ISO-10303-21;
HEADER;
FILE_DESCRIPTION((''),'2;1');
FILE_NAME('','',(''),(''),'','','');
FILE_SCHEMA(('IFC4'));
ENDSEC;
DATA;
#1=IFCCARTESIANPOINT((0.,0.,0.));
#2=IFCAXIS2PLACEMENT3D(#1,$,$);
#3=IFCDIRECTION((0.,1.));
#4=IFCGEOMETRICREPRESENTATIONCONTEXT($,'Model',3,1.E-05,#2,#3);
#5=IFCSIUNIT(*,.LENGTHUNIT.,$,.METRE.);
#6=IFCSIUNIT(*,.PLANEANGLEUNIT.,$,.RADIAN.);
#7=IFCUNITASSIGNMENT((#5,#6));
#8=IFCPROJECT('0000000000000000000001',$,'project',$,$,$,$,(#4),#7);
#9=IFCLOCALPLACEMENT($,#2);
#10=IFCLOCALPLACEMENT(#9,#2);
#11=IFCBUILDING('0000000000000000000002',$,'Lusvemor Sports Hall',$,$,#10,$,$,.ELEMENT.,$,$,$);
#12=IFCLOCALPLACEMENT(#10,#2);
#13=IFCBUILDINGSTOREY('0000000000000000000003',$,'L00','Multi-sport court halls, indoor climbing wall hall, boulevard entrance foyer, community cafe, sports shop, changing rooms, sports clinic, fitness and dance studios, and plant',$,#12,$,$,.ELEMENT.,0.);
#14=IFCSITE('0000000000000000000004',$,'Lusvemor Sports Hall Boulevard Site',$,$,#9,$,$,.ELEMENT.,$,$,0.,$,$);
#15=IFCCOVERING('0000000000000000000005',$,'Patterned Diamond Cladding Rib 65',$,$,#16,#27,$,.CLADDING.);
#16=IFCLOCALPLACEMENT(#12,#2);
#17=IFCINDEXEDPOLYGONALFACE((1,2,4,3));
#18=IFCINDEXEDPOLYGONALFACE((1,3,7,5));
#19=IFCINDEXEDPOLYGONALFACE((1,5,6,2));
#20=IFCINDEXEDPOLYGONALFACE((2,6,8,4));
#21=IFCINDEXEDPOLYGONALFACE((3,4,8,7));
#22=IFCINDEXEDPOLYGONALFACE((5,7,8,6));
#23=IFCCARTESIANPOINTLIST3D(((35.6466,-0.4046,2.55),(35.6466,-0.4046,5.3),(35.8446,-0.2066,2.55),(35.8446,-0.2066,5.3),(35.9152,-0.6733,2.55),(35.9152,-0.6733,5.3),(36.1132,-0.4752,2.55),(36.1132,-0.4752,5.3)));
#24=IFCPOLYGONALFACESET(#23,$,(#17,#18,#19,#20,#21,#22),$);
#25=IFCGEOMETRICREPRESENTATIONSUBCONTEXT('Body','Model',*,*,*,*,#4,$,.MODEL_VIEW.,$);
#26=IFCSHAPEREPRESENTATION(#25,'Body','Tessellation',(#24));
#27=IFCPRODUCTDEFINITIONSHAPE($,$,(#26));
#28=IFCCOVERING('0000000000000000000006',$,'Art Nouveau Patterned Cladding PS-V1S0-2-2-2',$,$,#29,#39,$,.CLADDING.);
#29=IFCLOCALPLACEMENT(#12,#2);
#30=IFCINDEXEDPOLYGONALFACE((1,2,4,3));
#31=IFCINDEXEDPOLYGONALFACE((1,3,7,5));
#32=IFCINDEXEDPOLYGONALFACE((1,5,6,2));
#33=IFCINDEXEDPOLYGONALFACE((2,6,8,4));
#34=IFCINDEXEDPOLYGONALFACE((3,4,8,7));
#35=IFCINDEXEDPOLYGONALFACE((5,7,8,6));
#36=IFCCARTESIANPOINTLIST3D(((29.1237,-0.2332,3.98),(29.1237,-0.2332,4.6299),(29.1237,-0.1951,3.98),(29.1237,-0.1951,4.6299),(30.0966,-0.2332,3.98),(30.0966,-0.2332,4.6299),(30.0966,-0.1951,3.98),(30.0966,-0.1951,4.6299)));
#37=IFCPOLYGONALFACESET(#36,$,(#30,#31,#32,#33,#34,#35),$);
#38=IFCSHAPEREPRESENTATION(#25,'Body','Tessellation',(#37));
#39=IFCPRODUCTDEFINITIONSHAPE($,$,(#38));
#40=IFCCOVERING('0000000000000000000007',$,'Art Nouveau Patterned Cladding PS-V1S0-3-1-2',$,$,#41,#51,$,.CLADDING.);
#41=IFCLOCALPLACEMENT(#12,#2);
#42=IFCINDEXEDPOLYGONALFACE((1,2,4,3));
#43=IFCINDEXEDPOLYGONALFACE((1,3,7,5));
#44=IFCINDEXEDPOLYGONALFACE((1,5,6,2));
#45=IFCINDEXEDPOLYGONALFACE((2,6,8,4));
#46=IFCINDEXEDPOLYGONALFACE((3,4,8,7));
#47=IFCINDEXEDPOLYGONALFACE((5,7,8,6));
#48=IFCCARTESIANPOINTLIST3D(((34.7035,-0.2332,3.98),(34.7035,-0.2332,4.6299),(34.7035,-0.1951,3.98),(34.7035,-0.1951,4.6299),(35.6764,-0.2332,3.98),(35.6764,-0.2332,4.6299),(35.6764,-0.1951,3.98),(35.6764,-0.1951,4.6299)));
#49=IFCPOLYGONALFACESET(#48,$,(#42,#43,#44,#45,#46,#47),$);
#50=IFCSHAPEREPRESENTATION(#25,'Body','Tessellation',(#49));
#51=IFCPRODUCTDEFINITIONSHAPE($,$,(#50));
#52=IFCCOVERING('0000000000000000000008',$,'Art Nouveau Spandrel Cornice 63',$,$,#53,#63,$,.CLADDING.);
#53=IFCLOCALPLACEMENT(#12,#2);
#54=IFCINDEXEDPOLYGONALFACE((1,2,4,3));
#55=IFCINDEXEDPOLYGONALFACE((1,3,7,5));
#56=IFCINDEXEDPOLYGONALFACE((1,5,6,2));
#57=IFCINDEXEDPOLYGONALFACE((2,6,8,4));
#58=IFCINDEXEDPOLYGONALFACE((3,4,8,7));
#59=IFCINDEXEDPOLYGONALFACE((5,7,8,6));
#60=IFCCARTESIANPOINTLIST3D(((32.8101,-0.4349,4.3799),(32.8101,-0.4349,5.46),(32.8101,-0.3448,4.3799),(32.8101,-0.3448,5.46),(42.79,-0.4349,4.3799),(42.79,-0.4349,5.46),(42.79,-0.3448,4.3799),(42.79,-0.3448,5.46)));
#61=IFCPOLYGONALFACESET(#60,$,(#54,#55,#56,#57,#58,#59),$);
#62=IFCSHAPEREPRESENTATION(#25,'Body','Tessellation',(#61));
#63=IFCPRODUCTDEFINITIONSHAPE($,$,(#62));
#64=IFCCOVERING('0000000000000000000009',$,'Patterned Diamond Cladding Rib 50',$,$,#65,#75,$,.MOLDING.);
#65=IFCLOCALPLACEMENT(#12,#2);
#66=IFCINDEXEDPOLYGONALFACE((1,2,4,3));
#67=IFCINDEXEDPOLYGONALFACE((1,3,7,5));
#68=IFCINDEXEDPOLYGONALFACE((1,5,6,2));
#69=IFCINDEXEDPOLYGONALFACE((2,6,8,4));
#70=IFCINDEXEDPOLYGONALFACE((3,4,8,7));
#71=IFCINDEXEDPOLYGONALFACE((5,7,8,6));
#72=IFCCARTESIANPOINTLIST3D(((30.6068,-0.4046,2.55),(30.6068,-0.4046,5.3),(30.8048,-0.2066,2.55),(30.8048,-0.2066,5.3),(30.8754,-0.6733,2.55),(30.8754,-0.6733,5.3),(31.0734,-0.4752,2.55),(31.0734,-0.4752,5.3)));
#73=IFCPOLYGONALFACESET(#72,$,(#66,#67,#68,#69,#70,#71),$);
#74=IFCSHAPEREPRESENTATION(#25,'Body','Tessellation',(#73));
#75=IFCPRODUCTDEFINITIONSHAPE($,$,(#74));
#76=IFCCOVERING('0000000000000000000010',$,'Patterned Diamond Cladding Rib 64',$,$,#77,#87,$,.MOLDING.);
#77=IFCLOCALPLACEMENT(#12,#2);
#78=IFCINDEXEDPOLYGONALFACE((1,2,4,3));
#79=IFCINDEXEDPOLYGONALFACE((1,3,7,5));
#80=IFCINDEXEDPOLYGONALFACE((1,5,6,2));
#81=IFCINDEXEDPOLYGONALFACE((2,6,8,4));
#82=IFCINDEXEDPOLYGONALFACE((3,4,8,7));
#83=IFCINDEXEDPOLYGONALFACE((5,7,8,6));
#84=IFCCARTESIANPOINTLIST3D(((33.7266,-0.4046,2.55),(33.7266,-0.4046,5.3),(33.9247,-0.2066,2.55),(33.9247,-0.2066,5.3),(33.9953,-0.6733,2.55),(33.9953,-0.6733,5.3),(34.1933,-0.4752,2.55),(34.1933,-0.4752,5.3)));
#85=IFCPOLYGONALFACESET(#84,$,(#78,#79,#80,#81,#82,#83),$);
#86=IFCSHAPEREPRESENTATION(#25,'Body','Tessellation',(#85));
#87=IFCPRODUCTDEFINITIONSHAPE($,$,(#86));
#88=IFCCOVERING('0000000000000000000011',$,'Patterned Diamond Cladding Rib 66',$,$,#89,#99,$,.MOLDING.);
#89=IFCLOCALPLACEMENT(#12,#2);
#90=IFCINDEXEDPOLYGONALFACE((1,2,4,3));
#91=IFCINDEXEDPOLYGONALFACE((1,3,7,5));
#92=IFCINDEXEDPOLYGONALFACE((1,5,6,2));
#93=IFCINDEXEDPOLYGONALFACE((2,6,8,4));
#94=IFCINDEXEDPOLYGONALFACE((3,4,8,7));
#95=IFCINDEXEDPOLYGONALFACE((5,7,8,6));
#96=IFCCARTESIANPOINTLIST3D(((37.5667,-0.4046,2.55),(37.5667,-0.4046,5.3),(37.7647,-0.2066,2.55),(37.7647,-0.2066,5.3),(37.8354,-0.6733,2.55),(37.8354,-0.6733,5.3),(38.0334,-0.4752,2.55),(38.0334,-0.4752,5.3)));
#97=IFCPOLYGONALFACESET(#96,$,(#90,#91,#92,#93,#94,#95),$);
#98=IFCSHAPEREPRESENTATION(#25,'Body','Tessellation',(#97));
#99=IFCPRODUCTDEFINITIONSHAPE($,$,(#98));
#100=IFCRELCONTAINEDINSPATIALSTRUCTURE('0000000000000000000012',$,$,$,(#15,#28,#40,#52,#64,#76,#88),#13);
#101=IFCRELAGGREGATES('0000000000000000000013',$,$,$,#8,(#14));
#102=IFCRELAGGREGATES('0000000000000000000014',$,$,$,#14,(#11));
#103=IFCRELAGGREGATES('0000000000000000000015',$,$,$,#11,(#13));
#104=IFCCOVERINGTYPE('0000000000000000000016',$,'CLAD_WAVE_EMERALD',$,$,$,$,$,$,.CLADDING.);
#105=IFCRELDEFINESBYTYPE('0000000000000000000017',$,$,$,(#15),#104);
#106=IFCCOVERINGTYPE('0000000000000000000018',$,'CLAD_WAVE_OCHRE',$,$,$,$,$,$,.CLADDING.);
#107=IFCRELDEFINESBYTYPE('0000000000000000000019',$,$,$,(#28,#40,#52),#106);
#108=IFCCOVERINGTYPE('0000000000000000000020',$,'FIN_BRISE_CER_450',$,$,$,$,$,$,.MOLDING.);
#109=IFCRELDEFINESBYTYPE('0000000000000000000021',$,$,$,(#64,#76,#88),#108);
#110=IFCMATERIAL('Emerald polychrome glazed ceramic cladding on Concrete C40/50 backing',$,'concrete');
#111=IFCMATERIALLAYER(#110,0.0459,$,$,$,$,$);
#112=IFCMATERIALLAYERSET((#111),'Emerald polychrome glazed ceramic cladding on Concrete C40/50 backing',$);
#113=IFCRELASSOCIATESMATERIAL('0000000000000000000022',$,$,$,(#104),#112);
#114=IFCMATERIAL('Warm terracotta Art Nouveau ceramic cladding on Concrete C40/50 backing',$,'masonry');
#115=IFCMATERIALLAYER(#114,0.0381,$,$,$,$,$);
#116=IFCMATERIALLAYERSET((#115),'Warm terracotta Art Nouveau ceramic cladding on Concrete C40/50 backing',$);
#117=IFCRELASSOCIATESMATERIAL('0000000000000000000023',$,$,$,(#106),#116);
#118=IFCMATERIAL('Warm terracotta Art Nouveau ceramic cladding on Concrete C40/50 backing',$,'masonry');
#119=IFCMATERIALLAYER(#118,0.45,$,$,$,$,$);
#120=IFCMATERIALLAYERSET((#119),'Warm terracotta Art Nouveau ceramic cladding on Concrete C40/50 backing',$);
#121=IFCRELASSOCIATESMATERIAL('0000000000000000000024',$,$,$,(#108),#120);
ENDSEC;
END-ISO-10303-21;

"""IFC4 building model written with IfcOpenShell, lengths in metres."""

from ifc_helpers import new_model, si_unit, direction, frame, origin, origin_2d, place, context, subcontext, project, spatial, rectangle, extrude, material, layer, layer_set, type_object, element, save


model = new_model("IFC4")

# Units and contexts
model_context = context("Model", 3, precision=1e-05, world=origin(), true_north=direction((0.0, 1.0)))
body_context = subcontext(model_context, "Body", "Model", "MODEL_VIEW")
ifc_project = project(units=[si_unit("LENGTHUNIT", "METRE"), si_unit("PLANEANGLEUNIT", "RADIAN")], contexts=[model_context])

# Site, building, storey
site_placement = place(None, origin())
site = spatial("IfcSite", under=ifc_project, at=site_placement, Name="Lusvemor Sports Hall Boulevard Site", CompositionType="ELEMENT", RefElevation=0.0)
building_placement = place(site_placement, origin())
building = spatial("IfcBuilding", under=site, at=building_placement, Name="Lusvemor Sports Hall", CompositionType="ELEMENT")
storey_placement = place(building_placement, origin())
storey = spatial("IfcBuildingStorey", under=building, at=storey_placement, Name="L00", Description="Multi-sport court halls, indoor climbing wall hall, boulevard entrance foyer, community cafe, sports shop, changing rooms, sports clinic, fitness and dance studios, and plant", CompositionType="ELEMENT", Elevation=0.0)

# Coverings
ifc_material_1 = material(Name="Emerald polychrome glazed ceramic cladding on Concrete C40/50 backing", Category="concrete")
ifc_layer_1 = layer(ifc_material_1, 0.0459)
ifc_layer_set_1 = layer_set([ifc_layer_1], Name="Emerald polychrome glazed ceramic cladding on Concrete C40/50 backing")
covering_type_1 = type_object("IfcCoveringType", Name="CLAD_WAVE_EMERALD", PredefinedType="CLADDING", material=ifc_layer_set_1)
for number, where, z_axis, x_axis, name in (
    (1, (35.8799, -0.4399, 2.55), (0.0, 0.0, 1.0), (0.707107, 0.707107, 0.0), "Patterned Diamond Cladding Rib 65"),
):
    element("IfcCovering", number, at=place(storey_placement, frame(where, z_axis=z_axis, x_axis=x_axis)), inside=storey, type_object=covering_type_1, Name=name, PredefinedType="CLADDING", context=body_context, shape_type="SweptSolid", body=[
        extrude(rectangle(XDim=0.28, YDim=0.3799, at=origin_2d()), origin(), (0.0, 0.0, 1.0), 2.75),
    ])
ifc_material_2 = material(Name="Warm terracotta Art Nouveau ceramic cladding on Concrete C40/50 backing", Category="masonry")
ifc_layer_2 = layer(ifc_material_2, 0.0381)
ifc_layer_set_2 = layer_set([ifc_layer_2], Name="Warm terracotta Art Nouveau ceramic cladding on Concrete C40/50 backing")
covering_type_2 = type_object("IfcCoveringType", Name="CLAD_WAVE_OCHRE", PredefinedType="CLADDING", material=ifc_layer_set_2)
for number, where, z_axis, x_axis, name in (
    (2, (29.6101, -0.2141, 3.98), (0.0, 0.0, 1.0), (1.0, 0.0, 0.0), "Art Nouveau Patterned Cladding PS-V1S0-2-2-2"),
    (3, (35.1899, -0.2141, 3.98), (0.0, 0.0, 1.0), (1.0, 0.0, 0.0), "Art Nouveau Patterned Cladding PS-V1S0-3-1-2"),
):
    element("IfcCovering", number, at=place(storey_placement, frame(where, z_axis=z_axis, x_axis=x_axis)), inside=storey, type_object=covering_type_2, Name=name, PredefinedType="CLADDING", context=body_context, shape_type="SweptSolid", body=[
        extrude(rectangle(XDim=0.9729, YDim=0.0381, at=origin_2d()), origin(), (0.0, 0.0, 1.0), 0.6499),
    ])
covering_1_placement = place(storey_placement, frame((37.8, -0.3899, 4.3799), z_axis=(0.0, 0.0, 1.0), x_axis=(1.0, 0.0, 0.0)))
element("IfcCovering", 4, at=covering_1_placement, inside=storey, type_object=covering_type_2, Name="Art Nouveau Spandrel Cornice 63", PredefinedType="CLADDING", context=body_context, shape_type="SweptSolid", body=[
    extrude(rectangle(XDim=9.98, YDim=0.0901, at=origin_2d()), origin(), (0.0, 0.0, 1.0), 1.0801),
])
ifc_material_3 = material(Name="Warm terracotta Art Nouveau ceramic cladding on Concrete C40/50 backing", Category="masonry")
ifc_layer_3 = layer(ifc_material_3, 0.45)
ifc_layer_set_3 = layer_set([ifc_layer_3], Name="Warm terracotta Art Nouveau ceramic cladding on Concrete C40/50 backing")
covering_type_3 = type_object("IfcCoveringType", Name="FIN_BRISE_CER_450", PredefinedType="MOLDING", material=ifc_layer_set_3)
for number, where, z_axis, x_axis, name in (
    (5, (30.8401, -0.4399, 2.55), (0.0, 0.0, 1.0), (0.707107, 0.707107, 0.0), "Patterned Diamond Cladding Rib 50"),
    (6, (33.96, -0.4399, 2.55), (0.0, 0.0, 1.0), (0.707107, 0.707107, 0.0), "Patterned Diamond Cladding Rib 64"),
    (7, (37.8, -0.4399, 2.55), (0.0, 0.0, 1.0), (0.707107, 0.707107, 0.0), "Patterned Diamond Cladding Rib 66"),
):
    element("IfcCovering", number, at=place(storey_placement, frame(where, z_axis=z_axis, x_axis=x_axis)), inside=storey, type_object=covering_type_3, Name=name, PredefinedType="MOLDING", context=body_context, shape_type="SweptSolid", body=[
        extrude(rectangle(XDim=0.28, YDim=0.3799, at=origin_2d()), origin(), (0.0, 0.0, 1.0), 2.75),
    ])

save(model, "model.ifc")
